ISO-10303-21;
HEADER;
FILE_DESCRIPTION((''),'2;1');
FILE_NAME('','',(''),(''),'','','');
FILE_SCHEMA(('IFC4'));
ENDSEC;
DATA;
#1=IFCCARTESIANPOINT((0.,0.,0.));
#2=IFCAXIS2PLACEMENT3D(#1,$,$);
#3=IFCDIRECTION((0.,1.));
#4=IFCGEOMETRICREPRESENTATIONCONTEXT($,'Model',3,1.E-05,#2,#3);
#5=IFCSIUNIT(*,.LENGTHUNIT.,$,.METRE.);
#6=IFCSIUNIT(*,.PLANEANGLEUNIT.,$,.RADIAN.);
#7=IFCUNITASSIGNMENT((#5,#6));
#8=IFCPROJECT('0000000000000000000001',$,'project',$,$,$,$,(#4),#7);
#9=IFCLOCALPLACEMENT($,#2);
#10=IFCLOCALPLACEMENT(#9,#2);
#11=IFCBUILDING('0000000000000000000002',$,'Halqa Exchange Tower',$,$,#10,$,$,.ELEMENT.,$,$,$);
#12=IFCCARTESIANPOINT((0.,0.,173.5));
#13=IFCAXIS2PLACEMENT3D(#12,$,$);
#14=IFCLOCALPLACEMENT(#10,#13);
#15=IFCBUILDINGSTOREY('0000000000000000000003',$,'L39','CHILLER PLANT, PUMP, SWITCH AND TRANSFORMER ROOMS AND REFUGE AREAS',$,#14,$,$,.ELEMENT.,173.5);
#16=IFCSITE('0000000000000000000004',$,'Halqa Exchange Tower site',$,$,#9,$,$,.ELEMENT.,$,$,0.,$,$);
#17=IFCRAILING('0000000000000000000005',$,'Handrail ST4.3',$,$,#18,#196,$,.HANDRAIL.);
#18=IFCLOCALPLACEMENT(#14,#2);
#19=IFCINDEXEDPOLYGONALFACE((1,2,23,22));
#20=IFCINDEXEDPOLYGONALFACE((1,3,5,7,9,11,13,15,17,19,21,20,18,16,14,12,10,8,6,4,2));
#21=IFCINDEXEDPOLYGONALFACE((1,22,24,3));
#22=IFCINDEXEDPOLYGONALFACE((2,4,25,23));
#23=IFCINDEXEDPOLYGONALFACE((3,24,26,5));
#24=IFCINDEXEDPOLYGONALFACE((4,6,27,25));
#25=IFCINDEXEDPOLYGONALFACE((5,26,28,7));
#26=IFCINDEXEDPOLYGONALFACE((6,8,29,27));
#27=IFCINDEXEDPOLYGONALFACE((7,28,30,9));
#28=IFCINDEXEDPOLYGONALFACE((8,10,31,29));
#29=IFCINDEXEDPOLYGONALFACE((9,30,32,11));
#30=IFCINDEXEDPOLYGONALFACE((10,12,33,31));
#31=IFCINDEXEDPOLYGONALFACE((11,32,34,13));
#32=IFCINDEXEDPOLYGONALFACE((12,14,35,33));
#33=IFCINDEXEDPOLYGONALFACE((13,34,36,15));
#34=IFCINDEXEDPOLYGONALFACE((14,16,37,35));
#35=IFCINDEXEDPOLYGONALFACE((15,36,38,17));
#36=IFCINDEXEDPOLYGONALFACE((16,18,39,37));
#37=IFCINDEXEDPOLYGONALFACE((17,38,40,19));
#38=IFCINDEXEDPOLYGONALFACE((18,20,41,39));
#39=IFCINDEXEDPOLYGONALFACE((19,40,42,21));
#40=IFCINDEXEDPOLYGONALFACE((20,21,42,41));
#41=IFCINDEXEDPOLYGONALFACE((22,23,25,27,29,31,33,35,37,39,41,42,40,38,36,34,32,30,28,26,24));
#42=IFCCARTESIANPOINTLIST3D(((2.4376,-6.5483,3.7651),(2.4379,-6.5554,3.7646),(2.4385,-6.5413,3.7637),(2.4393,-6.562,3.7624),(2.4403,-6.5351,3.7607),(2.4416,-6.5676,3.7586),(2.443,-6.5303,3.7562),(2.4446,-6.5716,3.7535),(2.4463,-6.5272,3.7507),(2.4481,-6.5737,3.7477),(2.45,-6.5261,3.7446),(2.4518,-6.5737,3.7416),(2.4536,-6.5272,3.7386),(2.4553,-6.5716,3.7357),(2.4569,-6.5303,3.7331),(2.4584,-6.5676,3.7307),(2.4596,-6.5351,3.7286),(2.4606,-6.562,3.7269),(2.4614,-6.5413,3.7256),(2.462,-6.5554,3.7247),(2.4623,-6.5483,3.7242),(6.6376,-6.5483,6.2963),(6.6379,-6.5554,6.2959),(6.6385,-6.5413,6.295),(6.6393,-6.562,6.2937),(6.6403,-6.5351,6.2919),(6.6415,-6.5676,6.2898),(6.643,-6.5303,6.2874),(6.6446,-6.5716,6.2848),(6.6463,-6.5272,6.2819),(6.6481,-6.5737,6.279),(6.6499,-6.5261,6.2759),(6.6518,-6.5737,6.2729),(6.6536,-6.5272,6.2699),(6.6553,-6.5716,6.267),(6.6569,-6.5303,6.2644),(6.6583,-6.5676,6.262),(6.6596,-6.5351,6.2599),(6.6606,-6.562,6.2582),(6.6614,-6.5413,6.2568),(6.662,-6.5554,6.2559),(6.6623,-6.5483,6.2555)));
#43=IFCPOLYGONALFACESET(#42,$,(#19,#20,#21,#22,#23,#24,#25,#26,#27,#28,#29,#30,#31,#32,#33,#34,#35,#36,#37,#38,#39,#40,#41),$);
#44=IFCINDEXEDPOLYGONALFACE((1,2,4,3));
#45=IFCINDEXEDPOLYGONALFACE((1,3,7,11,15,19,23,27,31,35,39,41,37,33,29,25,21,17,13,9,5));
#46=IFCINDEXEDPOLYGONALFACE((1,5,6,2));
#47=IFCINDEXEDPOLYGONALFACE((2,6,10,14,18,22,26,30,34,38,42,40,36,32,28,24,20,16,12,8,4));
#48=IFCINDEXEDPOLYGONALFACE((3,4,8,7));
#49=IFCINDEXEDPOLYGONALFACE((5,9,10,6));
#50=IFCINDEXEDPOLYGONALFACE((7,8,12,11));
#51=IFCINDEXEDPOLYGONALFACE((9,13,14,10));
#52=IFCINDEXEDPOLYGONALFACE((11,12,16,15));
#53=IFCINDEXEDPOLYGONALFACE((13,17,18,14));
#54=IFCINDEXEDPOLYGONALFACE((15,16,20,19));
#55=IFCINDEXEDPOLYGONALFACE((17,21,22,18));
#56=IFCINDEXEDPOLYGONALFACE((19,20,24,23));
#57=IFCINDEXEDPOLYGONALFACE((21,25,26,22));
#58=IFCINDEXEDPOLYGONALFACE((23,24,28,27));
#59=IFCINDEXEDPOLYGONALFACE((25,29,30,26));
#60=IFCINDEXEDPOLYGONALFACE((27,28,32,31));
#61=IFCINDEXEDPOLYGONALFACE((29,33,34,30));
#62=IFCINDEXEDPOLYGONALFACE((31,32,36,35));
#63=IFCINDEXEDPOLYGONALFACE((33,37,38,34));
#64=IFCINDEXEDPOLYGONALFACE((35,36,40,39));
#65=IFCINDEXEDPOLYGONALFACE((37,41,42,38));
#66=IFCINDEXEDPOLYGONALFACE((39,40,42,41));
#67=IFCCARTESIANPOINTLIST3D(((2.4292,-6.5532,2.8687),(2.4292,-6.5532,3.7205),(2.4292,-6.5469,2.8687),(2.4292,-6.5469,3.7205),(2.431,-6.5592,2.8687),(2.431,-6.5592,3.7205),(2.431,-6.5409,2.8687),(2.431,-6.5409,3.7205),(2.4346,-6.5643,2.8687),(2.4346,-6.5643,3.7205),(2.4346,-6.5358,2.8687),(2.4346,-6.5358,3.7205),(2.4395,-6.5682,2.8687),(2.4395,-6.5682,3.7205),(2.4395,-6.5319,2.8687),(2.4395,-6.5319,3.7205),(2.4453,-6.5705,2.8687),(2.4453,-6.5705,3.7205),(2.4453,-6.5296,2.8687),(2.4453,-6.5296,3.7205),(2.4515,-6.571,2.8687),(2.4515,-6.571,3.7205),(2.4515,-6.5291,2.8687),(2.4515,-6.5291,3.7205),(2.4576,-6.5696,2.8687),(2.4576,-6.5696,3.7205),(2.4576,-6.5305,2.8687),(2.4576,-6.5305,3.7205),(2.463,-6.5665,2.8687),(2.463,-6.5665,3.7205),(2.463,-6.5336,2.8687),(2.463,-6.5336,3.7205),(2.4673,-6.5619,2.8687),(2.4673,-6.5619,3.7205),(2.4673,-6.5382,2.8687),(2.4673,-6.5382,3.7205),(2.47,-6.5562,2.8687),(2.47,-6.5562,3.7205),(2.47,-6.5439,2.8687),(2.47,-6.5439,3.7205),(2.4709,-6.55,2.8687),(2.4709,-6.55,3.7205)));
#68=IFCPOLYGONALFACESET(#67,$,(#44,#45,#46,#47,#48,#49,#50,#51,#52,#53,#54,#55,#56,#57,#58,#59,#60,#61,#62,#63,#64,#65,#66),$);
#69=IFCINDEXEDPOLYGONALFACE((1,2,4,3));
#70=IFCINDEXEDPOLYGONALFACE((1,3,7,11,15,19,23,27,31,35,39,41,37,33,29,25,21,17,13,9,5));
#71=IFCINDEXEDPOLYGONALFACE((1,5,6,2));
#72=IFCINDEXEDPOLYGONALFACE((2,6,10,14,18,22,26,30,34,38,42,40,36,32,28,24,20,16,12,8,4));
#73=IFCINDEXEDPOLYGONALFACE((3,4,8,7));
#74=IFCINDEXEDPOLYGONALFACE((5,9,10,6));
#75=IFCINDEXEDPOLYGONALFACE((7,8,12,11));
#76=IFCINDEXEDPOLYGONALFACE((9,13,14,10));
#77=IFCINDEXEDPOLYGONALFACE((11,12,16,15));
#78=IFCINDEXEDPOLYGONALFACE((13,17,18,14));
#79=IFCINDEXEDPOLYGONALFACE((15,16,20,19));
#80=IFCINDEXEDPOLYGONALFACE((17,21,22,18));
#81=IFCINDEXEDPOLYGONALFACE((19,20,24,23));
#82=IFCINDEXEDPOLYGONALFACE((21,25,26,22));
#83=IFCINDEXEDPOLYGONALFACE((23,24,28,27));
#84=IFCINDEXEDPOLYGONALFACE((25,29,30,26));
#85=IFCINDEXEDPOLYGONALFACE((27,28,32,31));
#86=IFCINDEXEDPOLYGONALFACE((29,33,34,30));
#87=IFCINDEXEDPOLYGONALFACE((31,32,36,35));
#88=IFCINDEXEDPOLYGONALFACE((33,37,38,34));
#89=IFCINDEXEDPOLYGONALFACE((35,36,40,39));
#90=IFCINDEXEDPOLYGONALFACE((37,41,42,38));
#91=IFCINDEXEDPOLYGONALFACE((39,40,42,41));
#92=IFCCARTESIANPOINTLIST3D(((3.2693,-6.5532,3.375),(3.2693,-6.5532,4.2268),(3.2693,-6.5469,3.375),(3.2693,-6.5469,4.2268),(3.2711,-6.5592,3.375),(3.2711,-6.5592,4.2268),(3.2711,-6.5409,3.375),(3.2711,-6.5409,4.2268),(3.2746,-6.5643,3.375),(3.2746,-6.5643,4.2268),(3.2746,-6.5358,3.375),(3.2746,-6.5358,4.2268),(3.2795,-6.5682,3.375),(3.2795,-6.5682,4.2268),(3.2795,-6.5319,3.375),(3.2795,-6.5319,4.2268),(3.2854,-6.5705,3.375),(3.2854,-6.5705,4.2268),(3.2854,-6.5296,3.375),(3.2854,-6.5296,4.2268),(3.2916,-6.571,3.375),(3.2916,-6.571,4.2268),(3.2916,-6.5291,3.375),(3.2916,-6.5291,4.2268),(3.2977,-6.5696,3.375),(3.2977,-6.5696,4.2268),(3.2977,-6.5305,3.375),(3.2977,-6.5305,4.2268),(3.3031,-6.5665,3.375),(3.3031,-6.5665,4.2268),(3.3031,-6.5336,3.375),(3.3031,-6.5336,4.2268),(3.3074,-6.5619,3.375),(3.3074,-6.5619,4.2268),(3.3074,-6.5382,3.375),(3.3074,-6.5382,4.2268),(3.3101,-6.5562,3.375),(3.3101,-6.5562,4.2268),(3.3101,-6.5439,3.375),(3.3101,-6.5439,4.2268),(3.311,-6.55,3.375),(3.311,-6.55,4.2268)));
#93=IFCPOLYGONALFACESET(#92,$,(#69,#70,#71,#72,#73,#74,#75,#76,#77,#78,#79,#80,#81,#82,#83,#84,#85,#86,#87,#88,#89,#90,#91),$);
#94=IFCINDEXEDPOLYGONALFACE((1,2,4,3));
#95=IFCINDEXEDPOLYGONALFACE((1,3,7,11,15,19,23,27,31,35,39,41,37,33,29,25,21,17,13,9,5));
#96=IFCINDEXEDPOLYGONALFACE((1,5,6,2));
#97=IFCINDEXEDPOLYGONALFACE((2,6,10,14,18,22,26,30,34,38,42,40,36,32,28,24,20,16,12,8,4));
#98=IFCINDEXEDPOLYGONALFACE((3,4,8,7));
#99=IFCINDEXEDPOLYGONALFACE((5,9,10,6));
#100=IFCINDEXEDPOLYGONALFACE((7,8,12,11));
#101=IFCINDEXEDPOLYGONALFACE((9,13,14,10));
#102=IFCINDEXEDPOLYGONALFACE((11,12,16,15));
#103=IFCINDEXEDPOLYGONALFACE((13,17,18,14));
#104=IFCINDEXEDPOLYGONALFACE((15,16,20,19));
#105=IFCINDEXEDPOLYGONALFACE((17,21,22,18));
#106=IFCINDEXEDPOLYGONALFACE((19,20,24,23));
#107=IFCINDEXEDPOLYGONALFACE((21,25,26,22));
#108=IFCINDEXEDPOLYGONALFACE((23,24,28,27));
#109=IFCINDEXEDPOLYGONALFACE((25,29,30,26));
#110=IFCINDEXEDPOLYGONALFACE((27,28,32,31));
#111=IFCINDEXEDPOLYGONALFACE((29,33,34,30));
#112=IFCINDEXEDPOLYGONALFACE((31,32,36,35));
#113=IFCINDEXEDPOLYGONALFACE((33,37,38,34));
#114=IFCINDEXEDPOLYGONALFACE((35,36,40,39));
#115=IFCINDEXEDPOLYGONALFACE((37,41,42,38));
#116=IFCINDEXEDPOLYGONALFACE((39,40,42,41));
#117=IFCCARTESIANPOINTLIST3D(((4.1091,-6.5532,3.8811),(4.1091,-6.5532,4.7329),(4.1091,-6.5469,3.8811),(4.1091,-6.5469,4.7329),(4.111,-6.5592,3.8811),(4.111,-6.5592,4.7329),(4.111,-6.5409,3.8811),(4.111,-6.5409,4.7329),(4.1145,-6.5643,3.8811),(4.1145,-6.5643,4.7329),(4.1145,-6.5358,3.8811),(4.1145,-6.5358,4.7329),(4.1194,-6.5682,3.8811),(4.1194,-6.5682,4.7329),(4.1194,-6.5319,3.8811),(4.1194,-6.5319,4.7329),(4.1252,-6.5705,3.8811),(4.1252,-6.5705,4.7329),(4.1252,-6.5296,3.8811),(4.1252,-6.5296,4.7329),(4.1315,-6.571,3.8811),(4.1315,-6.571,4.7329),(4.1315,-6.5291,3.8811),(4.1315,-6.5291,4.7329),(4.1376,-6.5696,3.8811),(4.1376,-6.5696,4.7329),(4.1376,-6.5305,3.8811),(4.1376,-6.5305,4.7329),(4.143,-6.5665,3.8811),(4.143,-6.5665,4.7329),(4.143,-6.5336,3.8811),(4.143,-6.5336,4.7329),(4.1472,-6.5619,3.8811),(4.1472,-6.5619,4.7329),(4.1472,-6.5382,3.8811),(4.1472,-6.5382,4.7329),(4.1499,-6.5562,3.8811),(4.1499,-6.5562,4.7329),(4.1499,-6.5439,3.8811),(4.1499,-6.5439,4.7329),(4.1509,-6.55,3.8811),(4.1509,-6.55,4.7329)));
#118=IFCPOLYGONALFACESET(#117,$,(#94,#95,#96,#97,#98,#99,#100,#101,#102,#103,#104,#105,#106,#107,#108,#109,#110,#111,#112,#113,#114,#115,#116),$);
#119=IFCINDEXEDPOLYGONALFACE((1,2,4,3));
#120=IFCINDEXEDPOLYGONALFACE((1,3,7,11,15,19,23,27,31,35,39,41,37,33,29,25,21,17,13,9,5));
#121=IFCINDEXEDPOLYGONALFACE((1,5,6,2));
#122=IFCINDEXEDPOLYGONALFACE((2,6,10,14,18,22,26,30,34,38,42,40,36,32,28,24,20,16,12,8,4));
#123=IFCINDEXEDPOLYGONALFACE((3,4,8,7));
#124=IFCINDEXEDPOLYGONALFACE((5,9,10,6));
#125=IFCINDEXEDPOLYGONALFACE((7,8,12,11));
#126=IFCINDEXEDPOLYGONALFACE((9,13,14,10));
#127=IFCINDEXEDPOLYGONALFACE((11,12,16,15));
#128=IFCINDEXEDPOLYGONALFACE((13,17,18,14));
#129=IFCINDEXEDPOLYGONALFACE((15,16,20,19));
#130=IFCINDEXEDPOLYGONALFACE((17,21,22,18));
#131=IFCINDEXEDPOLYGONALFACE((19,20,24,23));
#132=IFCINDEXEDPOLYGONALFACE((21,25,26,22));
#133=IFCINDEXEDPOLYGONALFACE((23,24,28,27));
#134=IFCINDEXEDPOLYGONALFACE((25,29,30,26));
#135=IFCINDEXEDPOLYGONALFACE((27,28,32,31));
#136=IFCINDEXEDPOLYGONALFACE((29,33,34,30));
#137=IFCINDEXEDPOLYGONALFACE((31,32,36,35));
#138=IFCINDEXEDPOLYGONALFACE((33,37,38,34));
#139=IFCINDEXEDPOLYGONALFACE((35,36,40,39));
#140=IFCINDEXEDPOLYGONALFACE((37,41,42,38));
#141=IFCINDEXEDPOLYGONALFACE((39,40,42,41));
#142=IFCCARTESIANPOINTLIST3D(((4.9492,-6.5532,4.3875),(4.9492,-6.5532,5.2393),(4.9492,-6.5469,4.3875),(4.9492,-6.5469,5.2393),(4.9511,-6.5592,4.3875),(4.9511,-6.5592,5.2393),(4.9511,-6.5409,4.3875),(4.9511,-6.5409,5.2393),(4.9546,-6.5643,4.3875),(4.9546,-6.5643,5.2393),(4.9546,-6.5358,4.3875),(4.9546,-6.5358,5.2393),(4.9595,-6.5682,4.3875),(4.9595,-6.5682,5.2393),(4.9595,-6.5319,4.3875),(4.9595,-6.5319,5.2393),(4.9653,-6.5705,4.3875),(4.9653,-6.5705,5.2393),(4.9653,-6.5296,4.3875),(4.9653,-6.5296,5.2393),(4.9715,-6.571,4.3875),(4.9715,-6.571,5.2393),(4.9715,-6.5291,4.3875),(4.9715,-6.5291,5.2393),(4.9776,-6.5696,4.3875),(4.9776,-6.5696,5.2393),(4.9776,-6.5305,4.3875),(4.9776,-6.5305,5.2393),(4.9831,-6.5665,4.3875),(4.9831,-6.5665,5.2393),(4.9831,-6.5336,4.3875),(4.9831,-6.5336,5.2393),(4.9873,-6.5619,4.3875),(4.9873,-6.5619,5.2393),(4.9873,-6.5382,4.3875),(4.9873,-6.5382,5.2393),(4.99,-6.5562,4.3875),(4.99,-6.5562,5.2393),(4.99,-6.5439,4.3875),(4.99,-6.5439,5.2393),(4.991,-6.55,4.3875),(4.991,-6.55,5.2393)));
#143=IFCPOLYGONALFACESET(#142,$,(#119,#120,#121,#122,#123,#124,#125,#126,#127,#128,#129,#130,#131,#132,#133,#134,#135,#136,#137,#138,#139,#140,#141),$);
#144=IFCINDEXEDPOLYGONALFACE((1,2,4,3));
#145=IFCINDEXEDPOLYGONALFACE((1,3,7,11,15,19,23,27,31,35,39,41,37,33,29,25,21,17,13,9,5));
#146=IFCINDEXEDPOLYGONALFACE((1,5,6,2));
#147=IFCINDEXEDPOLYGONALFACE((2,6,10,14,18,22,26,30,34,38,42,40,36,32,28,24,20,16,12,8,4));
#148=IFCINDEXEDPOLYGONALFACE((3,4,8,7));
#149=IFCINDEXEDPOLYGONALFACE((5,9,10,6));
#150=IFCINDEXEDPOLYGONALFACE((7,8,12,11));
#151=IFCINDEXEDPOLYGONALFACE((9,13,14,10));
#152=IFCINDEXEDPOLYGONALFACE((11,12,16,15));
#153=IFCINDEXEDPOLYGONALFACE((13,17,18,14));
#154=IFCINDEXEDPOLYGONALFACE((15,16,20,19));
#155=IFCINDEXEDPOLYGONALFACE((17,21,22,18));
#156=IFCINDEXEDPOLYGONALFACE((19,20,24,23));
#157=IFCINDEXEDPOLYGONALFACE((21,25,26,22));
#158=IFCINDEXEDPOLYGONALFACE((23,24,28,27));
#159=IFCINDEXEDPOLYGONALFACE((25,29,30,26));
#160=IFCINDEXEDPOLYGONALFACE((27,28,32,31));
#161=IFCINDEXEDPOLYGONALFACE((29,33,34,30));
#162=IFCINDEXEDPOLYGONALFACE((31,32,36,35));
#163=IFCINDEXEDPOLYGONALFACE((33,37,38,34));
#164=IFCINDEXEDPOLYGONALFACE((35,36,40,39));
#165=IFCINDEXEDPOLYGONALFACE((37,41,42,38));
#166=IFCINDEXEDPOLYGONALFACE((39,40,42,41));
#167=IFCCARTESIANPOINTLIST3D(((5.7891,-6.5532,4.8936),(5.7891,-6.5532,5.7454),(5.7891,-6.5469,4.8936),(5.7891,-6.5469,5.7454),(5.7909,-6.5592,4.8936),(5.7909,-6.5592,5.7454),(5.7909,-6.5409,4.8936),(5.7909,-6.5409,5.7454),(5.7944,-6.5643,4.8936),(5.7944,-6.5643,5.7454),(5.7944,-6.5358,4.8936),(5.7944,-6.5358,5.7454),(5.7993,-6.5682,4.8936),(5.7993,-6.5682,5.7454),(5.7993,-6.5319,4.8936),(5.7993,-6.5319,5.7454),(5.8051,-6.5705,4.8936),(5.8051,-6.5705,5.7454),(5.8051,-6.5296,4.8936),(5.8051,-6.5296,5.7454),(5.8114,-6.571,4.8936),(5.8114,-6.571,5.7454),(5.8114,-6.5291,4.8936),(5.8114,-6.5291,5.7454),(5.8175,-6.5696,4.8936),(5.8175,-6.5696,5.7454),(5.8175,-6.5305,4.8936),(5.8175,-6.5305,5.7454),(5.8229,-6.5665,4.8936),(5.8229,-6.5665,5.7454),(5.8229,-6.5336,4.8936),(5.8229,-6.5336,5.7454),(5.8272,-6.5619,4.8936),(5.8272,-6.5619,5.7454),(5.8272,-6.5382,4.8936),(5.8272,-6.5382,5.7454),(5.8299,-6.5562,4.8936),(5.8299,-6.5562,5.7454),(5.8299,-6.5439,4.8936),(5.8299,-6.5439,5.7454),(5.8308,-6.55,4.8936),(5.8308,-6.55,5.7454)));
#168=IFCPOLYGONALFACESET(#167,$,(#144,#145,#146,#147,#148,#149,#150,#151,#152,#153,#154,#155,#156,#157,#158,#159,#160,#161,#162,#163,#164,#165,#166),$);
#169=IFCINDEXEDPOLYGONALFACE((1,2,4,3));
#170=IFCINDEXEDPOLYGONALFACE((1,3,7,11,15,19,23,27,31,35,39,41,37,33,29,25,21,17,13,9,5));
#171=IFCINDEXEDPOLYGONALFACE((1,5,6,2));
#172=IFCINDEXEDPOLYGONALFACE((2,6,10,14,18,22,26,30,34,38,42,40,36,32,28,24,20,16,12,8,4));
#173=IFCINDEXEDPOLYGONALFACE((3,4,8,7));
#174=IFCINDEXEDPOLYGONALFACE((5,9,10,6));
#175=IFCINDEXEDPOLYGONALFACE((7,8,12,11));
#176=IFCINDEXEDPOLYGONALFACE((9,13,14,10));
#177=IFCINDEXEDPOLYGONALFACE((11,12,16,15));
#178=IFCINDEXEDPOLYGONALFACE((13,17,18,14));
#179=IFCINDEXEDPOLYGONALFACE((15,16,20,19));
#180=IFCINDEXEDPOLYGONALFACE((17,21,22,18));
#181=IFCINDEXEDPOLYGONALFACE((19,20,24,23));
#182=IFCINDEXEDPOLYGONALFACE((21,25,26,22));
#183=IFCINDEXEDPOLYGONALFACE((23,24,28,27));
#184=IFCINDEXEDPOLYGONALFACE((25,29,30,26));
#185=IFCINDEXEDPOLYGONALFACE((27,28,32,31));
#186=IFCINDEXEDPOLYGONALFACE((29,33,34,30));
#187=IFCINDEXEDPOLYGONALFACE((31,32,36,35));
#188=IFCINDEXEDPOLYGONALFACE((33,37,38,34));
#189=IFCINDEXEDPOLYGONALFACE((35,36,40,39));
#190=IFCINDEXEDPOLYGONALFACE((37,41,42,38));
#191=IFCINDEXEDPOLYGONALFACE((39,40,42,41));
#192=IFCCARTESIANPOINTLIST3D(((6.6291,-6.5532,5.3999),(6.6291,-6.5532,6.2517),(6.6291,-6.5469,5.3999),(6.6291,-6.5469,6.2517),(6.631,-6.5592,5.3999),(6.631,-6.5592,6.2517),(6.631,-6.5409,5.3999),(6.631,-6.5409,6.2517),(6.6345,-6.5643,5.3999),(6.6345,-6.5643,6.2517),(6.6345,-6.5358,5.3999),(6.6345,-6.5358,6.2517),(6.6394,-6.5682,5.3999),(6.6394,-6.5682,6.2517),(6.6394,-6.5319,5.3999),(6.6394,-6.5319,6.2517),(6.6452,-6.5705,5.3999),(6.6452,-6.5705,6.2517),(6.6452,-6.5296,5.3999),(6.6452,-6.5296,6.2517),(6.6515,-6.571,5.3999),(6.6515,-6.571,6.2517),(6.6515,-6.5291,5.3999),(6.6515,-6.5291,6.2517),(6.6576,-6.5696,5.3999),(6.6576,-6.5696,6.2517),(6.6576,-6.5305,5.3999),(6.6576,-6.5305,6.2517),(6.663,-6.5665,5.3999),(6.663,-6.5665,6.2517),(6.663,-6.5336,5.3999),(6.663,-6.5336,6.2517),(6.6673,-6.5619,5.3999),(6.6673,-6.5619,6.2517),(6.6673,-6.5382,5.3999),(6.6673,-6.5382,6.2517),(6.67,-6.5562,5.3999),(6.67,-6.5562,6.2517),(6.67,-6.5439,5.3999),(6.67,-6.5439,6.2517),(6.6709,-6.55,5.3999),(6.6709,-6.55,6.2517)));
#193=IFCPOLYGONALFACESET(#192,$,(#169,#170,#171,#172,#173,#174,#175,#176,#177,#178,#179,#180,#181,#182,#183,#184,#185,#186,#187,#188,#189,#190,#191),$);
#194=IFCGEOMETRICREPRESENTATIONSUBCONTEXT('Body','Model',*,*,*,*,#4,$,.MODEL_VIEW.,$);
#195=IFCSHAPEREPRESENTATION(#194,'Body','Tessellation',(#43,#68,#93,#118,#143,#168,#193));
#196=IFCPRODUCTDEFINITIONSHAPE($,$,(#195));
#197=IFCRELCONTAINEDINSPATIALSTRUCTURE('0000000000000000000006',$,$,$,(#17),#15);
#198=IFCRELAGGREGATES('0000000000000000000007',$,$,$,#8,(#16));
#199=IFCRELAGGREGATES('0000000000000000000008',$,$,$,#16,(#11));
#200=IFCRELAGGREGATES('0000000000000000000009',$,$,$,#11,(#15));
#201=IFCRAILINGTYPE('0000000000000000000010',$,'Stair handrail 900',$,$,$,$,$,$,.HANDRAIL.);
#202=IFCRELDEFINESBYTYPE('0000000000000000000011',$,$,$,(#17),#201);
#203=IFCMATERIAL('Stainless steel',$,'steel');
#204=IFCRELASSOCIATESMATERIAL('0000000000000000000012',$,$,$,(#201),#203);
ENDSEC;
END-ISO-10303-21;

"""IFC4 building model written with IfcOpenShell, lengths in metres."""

from ifc_helpers import new_model, si_unit, direction, frame, origin, origin_2d, place, context, subcontext, project, spatial, circle, extrude, material, type_object, element, save


model = new_model("IFC4")

# Units and contexts
model_context = context("Model", 3, precision=1e-05, world=origin(), true_north=direction((0.0, 1.0)))
body_context = subcontext(model_context, "Body", "Model", "MODEL_VIEW")
ifc_project = project(units=[si_unit("LENGTHUNIT", "METRE"), si_unit("PLANEANGLEUNIT", "RADIAN")], contexts=[model_context])

# Site, building, storey
site_placement = place(None, origin())
site = spatial("IfcSite", under=ifc_project, at=site_placement, Name="Halqa Exchange Tower site", CompositionType="ELEMENT", RefElevation=0.0)
building_placement = place(site_placement, origin())
building = spatial("IfcBuilding", under=site, at=building_placement, Name="Halqa Exchange Tower", CompositionType="ELEMENT")
storey_placement = place(building_placement, frame((0.0, 0.0, 173.5)))
storey = spatial("IfcBuildingStorey", under=building, at=storey_placement, Name="L39", Description="CHILLER PLANT, PUMP, SWITCH AND TRANSFORMER ROOMS AND REFUGE AREAS", CompositionType="ELEMENT", Elevation=173.5)

# Railing
ifc_material_1 = material(Name="Stainless steel", Category="steel")
railing_type_1 = type_object("IfcRailingType", Name="Stair handrail 900", PredefinedType="HANDRAIL", material=ifc_material_1)
railing_1_placement = place(storey_placement, frame((2.45, -6.55, 2.8687)))
element("IfcRailing", 1, at=railing_1_placement, inside=storey, type_object=railing_type_1, Name="Handrail ST4.3", PredefinedType="HANDRAIL", context=body_context, shape_type="SweptSolid", body=[
    extrude(circle(Radius=0.0239, at=origin_2d()), frame((0.0, 0.0, 0.876), z_axis=(0.856476, 0.0, 0.516186), x_axis=(0.0, 1.0, 0.0)), (0.0, 0.0, 1.0), 4.9038),
    extrude(circle(Radius=0.021, at=origin_2d()), origin(), (0.0, 0.0, 1.0), 0.8518),
    extrude(circle(Radius=0.021, at=origin_2d()), frame((0.8401, 0.0, 0.5063)), (0.0, 0.0, 1.0), 0.8518),
    extrude(circle(Radius=0.021, at=origin_2d()), frame((1.6799, 0.0, 1.0125)), (0.0, 0.0, 1.0), 0.8518),
    extrude(circle(Radius=0.021, at=origin_2d()), frame((2.52, 0.0, 1.5188)), (0.0, 0.0, 1.0), 0.8518),
    extrude(circle(Radius=0.021, at=origin_2d()), frame((3.3599, 0.0, 2.0249)), (0.0, 0.0, 1.0), 0.8518),
    extrude(circle(Radius=0.021, at=origin_2d()), frame((4.2, 0.0, 2.5312)), (0.0, 0.0, 1.0), 0.8518),
])

save(model, "model.ifc")
